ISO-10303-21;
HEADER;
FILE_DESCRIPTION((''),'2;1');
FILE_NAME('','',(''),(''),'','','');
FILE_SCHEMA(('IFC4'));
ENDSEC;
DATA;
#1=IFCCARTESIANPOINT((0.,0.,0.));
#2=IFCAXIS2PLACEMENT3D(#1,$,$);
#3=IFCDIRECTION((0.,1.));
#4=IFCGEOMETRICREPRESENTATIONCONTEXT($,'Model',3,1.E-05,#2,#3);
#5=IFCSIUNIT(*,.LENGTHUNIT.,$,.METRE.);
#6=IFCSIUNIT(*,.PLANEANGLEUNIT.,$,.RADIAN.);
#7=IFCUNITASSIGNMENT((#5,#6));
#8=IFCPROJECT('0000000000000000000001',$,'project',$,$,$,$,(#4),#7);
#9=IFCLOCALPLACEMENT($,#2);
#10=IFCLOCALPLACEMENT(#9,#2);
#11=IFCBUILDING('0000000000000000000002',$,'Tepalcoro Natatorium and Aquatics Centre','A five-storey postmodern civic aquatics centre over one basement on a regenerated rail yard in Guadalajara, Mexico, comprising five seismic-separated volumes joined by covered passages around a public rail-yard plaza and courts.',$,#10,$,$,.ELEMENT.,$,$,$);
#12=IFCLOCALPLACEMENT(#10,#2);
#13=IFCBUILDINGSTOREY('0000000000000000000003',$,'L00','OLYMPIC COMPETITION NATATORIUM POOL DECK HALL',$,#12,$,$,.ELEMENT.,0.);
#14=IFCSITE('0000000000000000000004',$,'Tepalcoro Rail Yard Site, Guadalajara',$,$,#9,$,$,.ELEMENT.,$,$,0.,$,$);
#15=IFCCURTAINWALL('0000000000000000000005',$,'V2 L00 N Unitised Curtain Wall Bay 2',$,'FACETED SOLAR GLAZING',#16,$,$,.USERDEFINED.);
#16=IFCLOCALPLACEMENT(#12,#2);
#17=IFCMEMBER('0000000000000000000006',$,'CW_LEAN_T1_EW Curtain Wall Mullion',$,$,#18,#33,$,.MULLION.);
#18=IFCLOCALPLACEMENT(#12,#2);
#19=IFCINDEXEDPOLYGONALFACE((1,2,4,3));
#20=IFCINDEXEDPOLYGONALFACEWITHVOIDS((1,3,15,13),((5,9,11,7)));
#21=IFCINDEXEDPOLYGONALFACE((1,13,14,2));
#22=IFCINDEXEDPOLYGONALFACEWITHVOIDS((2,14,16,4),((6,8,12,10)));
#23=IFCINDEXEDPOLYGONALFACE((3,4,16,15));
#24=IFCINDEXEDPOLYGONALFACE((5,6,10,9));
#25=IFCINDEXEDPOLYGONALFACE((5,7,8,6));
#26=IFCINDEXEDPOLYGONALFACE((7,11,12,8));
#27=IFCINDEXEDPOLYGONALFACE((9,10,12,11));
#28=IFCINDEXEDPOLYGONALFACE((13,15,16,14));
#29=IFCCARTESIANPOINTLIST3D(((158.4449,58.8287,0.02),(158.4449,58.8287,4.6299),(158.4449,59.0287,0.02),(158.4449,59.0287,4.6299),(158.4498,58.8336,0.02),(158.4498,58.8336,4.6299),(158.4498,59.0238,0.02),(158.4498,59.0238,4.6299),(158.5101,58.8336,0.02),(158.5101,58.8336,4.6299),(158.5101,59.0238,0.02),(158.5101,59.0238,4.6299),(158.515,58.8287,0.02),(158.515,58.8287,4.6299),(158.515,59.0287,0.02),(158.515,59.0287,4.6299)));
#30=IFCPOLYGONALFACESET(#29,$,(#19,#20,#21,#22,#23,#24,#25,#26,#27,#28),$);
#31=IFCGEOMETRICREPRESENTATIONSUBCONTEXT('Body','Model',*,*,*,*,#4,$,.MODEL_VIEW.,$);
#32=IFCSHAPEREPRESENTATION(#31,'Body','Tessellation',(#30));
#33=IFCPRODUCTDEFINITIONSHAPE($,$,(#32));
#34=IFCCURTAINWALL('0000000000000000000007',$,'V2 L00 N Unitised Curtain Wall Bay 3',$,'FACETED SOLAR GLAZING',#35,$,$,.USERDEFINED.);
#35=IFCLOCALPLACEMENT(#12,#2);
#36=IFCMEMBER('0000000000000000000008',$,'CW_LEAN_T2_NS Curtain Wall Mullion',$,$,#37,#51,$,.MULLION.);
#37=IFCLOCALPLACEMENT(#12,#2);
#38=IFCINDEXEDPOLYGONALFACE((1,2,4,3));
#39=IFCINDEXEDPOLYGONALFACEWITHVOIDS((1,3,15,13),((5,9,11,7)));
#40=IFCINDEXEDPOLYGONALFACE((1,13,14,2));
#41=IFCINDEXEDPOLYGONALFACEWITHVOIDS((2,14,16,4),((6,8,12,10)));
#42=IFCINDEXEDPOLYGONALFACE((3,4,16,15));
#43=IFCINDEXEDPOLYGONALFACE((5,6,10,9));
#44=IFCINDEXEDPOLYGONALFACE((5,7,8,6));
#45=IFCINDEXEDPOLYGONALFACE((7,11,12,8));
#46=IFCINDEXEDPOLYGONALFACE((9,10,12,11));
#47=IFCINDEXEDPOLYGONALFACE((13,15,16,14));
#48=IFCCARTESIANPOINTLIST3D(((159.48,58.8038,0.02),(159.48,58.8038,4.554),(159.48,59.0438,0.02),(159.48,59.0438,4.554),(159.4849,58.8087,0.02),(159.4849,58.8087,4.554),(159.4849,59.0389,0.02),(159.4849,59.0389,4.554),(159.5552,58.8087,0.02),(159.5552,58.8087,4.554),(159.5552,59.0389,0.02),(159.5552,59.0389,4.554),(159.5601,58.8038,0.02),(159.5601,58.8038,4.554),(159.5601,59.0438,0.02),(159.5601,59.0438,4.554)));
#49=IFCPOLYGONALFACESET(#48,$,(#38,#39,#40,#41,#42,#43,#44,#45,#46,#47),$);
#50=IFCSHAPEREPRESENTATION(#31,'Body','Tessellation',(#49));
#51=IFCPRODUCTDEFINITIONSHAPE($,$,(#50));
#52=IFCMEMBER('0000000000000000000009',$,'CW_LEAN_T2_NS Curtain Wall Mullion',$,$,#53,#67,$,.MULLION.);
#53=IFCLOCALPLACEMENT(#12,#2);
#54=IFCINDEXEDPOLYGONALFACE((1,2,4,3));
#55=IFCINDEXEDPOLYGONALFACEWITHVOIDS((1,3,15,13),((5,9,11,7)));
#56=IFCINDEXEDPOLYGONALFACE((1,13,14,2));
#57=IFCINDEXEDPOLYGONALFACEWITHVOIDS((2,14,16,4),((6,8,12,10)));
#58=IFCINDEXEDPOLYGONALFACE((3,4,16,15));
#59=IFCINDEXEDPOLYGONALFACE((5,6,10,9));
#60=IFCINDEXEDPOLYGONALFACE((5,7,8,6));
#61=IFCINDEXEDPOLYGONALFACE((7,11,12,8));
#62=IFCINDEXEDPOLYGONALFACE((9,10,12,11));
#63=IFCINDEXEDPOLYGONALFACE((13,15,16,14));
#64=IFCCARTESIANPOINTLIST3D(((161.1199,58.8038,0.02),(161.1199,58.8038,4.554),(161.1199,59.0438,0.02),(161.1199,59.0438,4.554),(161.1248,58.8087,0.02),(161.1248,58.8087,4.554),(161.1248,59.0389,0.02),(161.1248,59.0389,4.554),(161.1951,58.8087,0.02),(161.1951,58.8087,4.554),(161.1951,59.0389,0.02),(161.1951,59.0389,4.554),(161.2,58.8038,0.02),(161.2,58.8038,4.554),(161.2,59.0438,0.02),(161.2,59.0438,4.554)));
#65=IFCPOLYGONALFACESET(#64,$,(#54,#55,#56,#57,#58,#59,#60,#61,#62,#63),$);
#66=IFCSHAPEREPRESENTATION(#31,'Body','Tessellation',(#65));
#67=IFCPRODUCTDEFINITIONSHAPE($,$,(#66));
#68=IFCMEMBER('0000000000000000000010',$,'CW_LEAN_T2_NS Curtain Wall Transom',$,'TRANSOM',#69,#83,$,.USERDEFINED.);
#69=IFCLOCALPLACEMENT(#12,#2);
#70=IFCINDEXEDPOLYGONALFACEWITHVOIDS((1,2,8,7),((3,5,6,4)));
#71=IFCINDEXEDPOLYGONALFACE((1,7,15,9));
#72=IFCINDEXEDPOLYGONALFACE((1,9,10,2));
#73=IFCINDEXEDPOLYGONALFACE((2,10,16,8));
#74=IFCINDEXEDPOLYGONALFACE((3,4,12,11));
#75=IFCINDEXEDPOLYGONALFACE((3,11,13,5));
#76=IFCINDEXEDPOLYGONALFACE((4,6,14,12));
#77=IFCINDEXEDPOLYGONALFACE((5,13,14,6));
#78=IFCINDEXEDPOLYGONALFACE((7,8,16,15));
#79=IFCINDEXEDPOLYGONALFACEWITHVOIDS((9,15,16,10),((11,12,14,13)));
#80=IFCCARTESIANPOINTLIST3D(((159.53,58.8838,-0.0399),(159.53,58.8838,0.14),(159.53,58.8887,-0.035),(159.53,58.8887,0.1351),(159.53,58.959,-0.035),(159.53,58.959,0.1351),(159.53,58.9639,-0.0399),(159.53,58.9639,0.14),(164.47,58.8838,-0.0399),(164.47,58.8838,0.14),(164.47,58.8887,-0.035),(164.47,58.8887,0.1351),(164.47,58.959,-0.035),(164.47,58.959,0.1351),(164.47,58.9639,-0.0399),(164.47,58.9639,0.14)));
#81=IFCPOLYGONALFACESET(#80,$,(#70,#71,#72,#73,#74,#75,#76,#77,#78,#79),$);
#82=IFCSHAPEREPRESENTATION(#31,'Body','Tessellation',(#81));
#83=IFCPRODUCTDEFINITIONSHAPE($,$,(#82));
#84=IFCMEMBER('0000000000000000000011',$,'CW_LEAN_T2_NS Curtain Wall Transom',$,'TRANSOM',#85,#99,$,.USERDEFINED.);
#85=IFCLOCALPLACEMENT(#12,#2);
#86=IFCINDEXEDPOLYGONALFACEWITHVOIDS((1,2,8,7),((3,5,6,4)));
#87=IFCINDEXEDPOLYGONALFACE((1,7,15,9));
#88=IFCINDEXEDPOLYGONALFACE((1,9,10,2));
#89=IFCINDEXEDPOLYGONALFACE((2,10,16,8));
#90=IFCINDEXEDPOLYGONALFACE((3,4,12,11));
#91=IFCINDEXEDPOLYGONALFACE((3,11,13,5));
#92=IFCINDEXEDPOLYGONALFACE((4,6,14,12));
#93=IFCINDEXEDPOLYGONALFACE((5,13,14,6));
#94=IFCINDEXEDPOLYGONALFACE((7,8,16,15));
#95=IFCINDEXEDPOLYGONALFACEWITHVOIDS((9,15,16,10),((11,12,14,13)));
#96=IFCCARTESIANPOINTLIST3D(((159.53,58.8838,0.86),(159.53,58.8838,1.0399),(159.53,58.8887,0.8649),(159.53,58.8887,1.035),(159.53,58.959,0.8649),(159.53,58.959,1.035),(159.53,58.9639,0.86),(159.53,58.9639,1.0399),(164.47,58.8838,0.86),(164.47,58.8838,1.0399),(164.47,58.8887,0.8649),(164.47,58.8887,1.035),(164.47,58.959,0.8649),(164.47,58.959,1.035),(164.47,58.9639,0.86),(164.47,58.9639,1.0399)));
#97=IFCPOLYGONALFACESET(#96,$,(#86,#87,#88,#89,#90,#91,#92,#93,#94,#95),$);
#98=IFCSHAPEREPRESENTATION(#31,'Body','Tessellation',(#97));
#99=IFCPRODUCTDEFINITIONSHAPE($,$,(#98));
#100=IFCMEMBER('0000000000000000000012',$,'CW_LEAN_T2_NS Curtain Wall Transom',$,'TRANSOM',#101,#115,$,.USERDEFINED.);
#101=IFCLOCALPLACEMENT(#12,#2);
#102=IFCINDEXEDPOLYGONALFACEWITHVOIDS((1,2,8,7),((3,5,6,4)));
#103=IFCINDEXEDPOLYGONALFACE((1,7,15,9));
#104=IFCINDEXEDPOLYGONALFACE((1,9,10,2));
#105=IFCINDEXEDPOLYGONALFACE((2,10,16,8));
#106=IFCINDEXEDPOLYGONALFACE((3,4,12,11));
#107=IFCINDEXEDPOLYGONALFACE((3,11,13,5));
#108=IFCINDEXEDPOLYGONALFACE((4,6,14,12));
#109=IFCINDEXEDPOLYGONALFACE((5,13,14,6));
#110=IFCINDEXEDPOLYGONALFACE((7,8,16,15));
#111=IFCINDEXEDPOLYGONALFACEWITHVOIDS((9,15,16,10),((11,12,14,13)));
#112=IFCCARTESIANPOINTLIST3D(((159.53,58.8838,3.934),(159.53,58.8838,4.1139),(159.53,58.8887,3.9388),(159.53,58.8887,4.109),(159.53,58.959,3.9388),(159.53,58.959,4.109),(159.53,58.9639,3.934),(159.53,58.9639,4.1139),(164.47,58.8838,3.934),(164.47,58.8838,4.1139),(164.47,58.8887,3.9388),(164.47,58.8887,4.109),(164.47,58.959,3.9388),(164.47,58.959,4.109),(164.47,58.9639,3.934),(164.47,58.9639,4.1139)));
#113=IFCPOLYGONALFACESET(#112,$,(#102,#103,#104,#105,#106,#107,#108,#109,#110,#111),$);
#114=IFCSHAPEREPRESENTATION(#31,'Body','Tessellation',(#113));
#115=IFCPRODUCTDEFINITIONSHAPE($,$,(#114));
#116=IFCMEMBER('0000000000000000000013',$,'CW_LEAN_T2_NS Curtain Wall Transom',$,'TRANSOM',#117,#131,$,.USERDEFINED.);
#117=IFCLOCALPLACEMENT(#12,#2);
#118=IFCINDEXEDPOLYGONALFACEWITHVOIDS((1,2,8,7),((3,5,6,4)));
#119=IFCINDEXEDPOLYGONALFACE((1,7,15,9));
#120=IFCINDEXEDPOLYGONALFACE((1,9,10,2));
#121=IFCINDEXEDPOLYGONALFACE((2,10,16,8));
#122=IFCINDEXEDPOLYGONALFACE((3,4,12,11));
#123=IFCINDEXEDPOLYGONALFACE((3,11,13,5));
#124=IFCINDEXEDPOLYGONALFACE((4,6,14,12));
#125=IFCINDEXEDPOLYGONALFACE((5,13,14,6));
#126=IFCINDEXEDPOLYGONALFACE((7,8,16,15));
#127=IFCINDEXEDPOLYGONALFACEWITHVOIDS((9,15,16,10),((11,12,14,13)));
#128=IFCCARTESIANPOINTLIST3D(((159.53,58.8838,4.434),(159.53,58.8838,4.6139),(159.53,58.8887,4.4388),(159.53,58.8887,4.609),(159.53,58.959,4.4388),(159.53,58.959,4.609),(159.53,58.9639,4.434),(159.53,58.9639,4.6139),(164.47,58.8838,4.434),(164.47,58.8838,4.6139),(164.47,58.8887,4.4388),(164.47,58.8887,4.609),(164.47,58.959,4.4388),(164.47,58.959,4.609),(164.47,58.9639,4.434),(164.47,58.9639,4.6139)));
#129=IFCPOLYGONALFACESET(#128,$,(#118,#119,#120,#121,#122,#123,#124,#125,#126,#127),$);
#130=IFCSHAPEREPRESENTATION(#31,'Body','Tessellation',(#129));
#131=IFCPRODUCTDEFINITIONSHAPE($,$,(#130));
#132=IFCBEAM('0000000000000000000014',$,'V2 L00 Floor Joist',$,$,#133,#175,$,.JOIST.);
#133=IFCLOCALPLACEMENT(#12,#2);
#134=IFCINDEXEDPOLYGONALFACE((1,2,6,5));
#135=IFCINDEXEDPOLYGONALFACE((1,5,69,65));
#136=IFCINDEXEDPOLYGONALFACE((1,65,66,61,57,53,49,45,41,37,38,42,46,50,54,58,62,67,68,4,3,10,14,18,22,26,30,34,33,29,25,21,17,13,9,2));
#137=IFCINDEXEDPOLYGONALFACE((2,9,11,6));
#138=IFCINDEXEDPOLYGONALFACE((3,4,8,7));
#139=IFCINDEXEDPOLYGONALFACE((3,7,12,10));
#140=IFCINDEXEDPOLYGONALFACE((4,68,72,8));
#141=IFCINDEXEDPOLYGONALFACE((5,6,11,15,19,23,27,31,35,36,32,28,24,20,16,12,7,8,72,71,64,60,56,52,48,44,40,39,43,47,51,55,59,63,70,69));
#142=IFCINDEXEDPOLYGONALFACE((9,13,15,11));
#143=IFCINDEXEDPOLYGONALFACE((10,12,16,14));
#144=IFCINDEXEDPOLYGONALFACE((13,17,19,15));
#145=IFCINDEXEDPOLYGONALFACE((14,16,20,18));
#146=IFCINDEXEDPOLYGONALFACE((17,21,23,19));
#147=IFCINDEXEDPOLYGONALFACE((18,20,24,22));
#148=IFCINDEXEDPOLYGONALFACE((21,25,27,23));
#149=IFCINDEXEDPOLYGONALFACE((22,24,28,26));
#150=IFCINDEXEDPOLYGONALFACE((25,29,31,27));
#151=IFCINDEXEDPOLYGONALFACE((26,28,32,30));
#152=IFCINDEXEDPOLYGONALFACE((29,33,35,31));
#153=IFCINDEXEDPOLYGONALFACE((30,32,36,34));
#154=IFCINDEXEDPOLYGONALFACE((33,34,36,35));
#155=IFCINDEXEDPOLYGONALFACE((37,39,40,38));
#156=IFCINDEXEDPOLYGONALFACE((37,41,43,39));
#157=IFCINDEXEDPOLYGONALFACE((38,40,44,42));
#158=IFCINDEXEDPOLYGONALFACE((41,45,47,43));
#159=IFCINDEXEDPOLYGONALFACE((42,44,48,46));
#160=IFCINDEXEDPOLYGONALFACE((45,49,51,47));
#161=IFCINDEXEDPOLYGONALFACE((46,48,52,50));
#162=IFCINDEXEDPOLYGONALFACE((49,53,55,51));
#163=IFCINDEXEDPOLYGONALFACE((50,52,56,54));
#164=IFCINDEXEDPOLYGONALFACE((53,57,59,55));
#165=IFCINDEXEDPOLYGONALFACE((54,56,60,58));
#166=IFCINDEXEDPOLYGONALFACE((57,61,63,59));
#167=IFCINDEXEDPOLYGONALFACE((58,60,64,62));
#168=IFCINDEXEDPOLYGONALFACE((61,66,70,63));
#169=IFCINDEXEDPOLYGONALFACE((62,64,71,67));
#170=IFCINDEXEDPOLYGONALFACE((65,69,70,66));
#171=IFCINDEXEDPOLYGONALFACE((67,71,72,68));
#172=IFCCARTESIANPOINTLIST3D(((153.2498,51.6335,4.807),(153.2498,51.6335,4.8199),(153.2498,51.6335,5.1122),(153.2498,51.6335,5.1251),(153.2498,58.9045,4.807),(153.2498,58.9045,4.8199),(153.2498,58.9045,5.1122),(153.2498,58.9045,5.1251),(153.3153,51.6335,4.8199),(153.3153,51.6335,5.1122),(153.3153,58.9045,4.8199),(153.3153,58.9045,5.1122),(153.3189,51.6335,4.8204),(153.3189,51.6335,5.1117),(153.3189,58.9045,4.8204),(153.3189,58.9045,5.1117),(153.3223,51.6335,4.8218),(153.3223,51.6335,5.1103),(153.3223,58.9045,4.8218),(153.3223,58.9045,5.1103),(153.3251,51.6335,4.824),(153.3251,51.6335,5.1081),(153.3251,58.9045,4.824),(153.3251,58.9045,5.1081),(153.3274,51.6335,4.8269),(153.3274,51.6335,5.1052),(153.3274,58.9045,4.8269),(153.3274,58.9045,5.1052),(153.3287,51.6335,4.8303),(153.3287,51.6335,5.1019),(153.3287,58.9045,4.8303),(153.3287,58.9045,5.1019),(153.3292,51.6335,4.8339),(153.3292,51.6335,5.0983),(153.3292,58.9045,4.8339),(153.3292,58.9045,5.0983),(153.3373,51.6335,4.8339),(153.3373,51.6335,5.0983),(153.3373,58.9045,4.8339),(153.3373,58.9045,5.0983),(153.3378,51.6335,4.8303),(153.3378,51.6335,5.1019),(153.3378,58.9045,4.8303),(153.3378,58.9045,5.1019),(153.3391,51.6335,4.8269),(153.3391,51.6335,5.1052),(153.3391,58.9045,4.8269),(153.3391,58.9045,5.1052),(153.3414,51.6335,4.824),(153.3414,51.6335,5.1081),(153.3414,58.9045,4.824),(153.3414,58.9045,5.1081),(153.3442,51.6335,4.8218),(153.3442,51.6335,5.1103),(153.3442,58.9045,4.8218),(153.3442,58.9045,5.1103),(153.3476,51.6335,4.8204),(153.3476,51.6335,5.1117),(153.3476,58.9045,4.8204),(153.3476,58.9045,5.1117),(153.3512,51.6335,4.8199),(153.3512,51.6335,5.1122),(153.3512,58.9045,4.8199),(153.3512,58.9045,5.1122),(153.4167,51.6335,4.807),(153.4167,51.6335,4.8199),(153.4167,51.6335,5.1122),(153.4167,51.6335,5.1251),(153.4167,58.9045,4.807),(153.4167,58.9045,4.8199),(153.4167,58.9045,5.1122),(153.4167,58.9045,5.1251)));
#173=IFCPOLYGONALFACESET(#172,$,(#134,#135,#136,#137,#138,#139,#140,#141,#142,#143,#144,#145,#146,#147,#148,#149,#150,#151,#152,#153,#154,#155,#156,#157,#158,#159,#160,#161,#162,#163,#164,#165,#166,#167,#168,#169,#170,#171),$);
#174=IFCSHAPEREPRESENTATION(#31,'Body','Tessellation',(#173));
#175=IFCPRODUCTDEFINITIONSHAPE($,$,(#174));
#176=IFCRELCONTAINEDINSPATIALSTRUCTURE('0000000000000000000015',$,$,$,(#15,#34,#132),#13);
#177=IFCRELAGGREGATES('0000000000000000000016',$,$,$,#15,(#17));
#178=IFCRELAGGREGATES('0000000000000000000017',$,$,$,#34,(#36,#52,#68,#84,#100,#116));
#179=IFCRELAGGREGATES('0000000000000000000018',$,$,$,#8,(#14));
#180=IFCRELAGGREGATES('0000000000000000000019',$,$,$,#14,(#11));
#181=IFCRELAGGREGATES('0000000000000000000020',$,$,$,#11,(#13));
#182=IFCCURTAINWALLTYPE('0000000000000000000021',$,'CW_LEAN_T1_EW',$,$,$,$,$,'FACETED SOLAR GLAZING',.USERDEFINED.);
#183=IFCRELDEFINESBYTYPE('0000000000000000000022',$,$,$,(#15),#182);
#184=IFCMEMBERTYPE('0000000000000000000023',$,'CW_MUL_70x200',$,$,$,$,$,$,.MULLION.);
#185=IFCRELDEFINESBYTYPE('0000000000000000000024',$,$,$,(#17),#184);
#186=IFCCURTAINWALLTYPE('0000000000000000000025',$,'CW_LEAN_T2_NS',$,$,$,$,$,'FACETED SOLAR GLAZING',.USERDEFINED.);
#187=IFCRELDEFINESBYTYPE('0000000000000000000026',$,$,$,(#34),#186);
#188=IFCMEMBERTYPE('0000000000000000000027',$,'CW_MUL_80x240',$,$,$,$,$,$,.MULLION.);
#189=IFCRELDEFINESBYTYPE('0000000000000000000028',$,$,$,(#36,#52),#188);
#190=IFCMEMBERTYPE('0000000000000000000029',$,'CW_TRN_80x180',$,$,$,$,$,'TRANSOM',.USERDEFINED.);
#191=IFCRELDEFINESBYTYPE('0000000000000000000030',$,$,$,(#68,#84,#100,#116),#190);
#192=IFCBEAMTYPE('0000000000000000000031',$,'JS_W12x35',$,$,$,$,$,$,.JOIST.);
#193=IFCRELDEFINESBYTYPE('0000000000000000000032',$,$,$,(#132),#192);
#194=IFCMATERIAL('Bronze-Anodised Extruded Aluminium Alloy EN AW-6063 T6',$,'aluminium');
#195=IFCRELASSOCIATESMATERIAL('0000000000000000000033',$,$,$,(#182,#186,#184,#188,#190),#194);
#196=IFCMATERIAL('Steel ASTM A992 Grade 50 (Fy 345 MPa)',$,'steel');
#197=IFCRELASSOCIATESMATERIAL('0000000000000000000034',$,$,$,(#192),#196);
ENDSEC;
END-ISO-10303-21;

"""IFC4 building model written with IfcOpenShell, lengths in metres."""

from ifc_helpers import new_model, si_unit, direction, frame, origin, origin_2d, place, context, subcontext, project, spatial, hollow_rectangle, i_section, extrude, material, material_profile, profile_set, type_object, element, aggregate, save


model = new_model("IFC4")

# Units and contexts
model_context = context("Model", 3, precision=1e-05, world=origin(), true_north=direction((0.0, 1.0)))
body_context = subcontext(model_context, "Body", "Model", "MODEL_VIEW")
ifc_project = project(units=[si_unit("LENGTHUNIT", "METRE"), si_unit("PLANEANGLEUNIT", "RADIAN")], contexts=[model_context])

# Site, building, storey
site_placement = place(None, origin())
site = spatial("IfcSite", under=ifc_project, at=site_placement, Name="Tepalcoro Rail Yard Site, Guadalajara", CompositionType="ELEMENT", RefElevation=0.0)
building_placement = place(site_placement, origin())
building = spatial("IfcBuilding", under=site, at=building_placement, Name="Tepalcoro Natatorium and Aquatics Centre", Description="A five-storey postmodern civic aquatics centre over one basement on a regenerated rail yard in Guadalajara, Mexico, comprising five seismic-separated volumes joined by covered passages around a public rail-yard plaza and courts.", CompositionType="ELEMENT")
storey_placement = place(building_placement, origin())
storey = spatial("IfcBuildingStorey", under=building, at=storey_placement, Name="L00", Description="OLYMPIC COMPETITION NATATORIUM POOL DECK HALL", CompositionType="ELEMENT", Elevation=0.0)

# Shared definitions
ifc_material_1 = material(Name="Steel ASTM A992 Grade 50 (Fy 345 MPa)", Category="steel")

# Curtain walls, members
ifc_material_2 = material(Name="Bronze-Anodised Extruded Aluminium Alloy EN AW-6063 T6", Category="aluminium")
curtain_wall_type_1 = type_object("IfcCurtainWallType", Name="CW_LEAN_T1_EW", ElementType="FACETED SOLAR GLAZING", PredefinedType="USERDEFINED", material=ifc_material_2)
curtain_wall_1_placement = place(storey_placement, origin())
curtain_wall_1 = element("IfcCurtainWall", 1, at=curtain_wall_1_placement, inside=storey, type_object=curtain_wall_type_1, Name="V2 L00 N Unitised Curtain Wall Bay 2", ObjectType="FACETED SOLAR GLAZING", PredefinedType="USERDEFINED")
ifc_material_profile_1 = material_profile(ifc_material_2, hollow_rectangle(XDim=0.0701, YDim=0.2, WallThickness=0.0049, at=origin_2d()), Name="AL70X200X5")
ifc_profile_set_1 = profile_set([ifc_material_profile_1], Name="Bronze-Anodised Extruded Aluminium Alloy EN AW-6063 T6")
member_type_1 = type_object("IfcMemberType", Name="CW_MUL_70x200", PredefinedType="MULLION", material=ifc_profile_set_1)
member_1_placement = place(storey_placement, frame((158.48, 58.9287, 0.02), z_axis=(0.0, 0.0, 1.0), x_axis=(1.0, 0.0, 0.0)))
member_1 = element("IfcMember", 2, at=member_1_placement, type_object=member_type_1, Name="CW_LEAN_T1_EW Curtain Wall Mullion", PredefinedType="MULLION", context=body_context, shape_type="SweptSolid", body=[
    extrude(hollow_rectangle(XDim=0.0701, YDim=0.2, WallThickness=0.0049, at=origin_2d()), origin(), (0.0, 0.0, 1.0), 4.6099),
])
curtain_wall_type_2 = type_object("IfcCurtainWallType", Name="CW_LEAN_T2_NS", ElementType="FACETED SOLAR GLAZING", PredefinedType="USERDEFINED", material=ifc_material_2)
curtain_wall_2_placement = place(storey_placement, origin())
curtain_wall_2 = element("IfcCurtainWall", 3, at=curtain_wall_2_placement, inside=storey, type_object=curtain_wall_type_2, Name="V2 L00 N Unitised Curtain Wall Bay 3", ObjectType="FACETED SOLAR GLAZING", PredefinedType="USERDEFINED")
ifc_material_profile_2 = material_profile(ifc_material_2, hollow_rectangle(XDim=0.0801, YDim=0.24, WallThickness=0.0049, at=origin_2d()), Name="AL80X240X5")
ifc_profile_set_2 = profile_set([ifc_material_profile_2], Name="Bronze-Anodised Extruded Aluminium Alloy EN AW-6063 T6")
member_type_2 = type_object("IfcMemberType", Name="CW_MUL_80x240", PredefinedType="MULLION", material=ifc_profile_set_2)
member_2_placement = place(storey_placement, frame((159.52, 58.9238, 0.02), z_axis=(0.0, 0.0, 1.0), x_axis=(1.0, 0.0, 0.0)))
member_2 = element("IfcMember", 4, at=member_2_placement, type_object=member_type_2, Name="CW_LEAN_T2_NS Curtain Wall Mullion", PredefinedType="MULLION", context=body_context, shape_type="SweptSolid", body=[
    extrude(hollow_rectangle(XDim=0.0801, YDim=0.24, WallThickness=0.0049, at=origin_2d()), origin(), (0.0, 0.0, 1.0), 4.5339),
])
member_3_placement = place(storey_placement, frame((161.1599, 58.9238, 0.02), z_axis=(0.0, 0.0, 1.0), x_axis=(1.0, 0.0, 0.0)))
member_3 = element("IfcMember", 5, at=member_3_placement, type_object=member_type_2, Name="CW_LEAN_T2_NS Curtain Wall Mullion", PredefinedType="MULLION", context=body_context, shape_type="SweptSolid", body=[
    extrude(hollow_rectangle(XDim=0.0801, YDim=0.24, WallThickness=0.0049, at=origin_2d()), origin(), (0.0, 0.0, 1.0), 4.5339),
])
ifc_material_profile_3 = material_profile(ifc_material_2, hollow_rectangle(XDim=0.0801, YDim=0.1799, WallThickness=0.0049, at=origin_2d()), Name="AL80X180X5")
ifc_profile_set_3 = profile_set([ifc_material_profile_3], Name="Bronze-Anodised Extruded Aluminium Alloy EN AW-6063 T6")
member_type_3 = type_object("IfcMemberType", Name="CW_TRN_80x180", ElementType="TRANSOM", PredefinedType="USERDEFINED", material=ifc_profile_set_3)
member_4_placement = place(storey_placement, frame((159.53, 58.9238, 0.05), z_axis=(1.0, 0.0, 0.0), x_axis=(0.0, 1.0, 0.0)))
member_4 = element("IfcMember", 6, at=member_4_placement, type_object=member_type_3, Name="CW_LEAN_T2_NS Curtain Wall Transom", ObjectType="TRANSOM", PredefinedType="USERDEFINED", context=body_context, shape_type="SweptSolid", body=[
    extrude(hollow_rectangle(XDim=0.0801, YDim=0.1799, WallThickness=0.0049, at=origin_2d()), origin(), (0.0, 0.0, 1.0), 4.9399),
])
member_5_placement = place(storey_placement, frame((159.53, 58.9238, 0.95), z_axis=(1.0, 0.0, 0.0), x_axis=(0.0, 1.0, 0.0)))
member_5 = element("IfcMember", 7, at=member_5_placement, type_object=member_type_3, Name="CW_LEAN_T2_NS Curtain Wall Transom", ObjectType="TRANSOM", PredefinedType="USERDEFINED", context=body_context, shape_type="SweptSolid", body=[
    extrude(hollow_rectangle(XDim=0.0801, YDim=0.1799, WallThickness=0.0049, at=origin_2d()), origin(), (0.0, 0.0, 1.0), 4.9399),
])
member_6_placement = place(storey_placement, frame((159.53, 58.9238, 4.0239), z_axis=(1.0, 0.0, 0.0), x_axis=(0.0, 1.0, 0.0)))
member_6 = element("IfcMember", 8, at=member_6_placement, type_object=member_type_3, Name="CW_LEAN_T2_NS Curtain Wall Transom", ObjectType="TRANSOM", PredefinedType="USERDEFINED", context=body_context, shape_type="SweptSolid", body=[
    extrude(hollow_rectangle(XDim=0.0801, YDim=0.1799, WallThickness=0.0049, at=origin_2d()), origin(), (0.0, 0.0, 1.0), 4.9399),
])
member_7_placement = place(storey_placement, frame((159.53, 58.9238, 4.5239), z_axis=(1.0, 0.0, 0.0), x_axis=(0.0, 1.0, 0.0)))
member_7 = element("IfcMember", 9, at=member_7_placement, type_object=member_type_3, Name="CW_LEAN_T2_NS Curtain Wall Transom", ObjectType="TRANSOM", PredefinedType="USERDEFINED", context=body_context, shape_type="SweptSolid", body=[
    extrude(hollow_rectangle(XDim=0.0801, YDim=0.1799, WallThickness=0.0049, at=origin_2d()), origin(), (0.0, 0.0, 1.0), 4.9399),
])

# Beam
ifc_material_profile_4 = material_profile(ifc_material_1, i_section(OverallWidth=0.167, OverallDepth=0.3181, WebThickness=0.0081, FlangeThickness=0.0129, FilletRadius=0.0139, at=origin_2d()), Name="W12X35")
ifc_profile_set_4 = profile_set([ifc_material_profile_4], Name="Steel ASTM A992 Grade 50 (Fy 345 MPa)")
beam_type_1 = type_object("IfcBeamType", Name="JS_W12x35", PredefinedType="JOIST", material=ifc_profile_set_4)
beam_1_placement = place(storey_placement, frame((153.3333, 51.6335, 4.9661), z_axis=(0.0, 1.0, 0.0), x_axis=(-1.0, 0.0, 0.0)))
element("IfcBeam", 10, at=beam_1_placement, inside=storey, type_object=beam_type_1, Name="V2 L00 Floor Joist", PredefinedType="JOIST", context=body_context, shape_type="SweptSolid", body=[
    extrude(i_section(OverallWidth=0.167, OverallDepth=0.3181, WebThickness=0.0081, FlangeThickness=0.0129, FilletRadius=0.0139, at=origin_2d()), origin(), (0.0, 0.0, 1.0), 7.271),
])

aggregate(curtain_wall_1, [member_1])
aggregate(curtain_wall_2, [member_2, member_3, member_4, member_5, member_6, member_7])

save(model, "model.ifc")
